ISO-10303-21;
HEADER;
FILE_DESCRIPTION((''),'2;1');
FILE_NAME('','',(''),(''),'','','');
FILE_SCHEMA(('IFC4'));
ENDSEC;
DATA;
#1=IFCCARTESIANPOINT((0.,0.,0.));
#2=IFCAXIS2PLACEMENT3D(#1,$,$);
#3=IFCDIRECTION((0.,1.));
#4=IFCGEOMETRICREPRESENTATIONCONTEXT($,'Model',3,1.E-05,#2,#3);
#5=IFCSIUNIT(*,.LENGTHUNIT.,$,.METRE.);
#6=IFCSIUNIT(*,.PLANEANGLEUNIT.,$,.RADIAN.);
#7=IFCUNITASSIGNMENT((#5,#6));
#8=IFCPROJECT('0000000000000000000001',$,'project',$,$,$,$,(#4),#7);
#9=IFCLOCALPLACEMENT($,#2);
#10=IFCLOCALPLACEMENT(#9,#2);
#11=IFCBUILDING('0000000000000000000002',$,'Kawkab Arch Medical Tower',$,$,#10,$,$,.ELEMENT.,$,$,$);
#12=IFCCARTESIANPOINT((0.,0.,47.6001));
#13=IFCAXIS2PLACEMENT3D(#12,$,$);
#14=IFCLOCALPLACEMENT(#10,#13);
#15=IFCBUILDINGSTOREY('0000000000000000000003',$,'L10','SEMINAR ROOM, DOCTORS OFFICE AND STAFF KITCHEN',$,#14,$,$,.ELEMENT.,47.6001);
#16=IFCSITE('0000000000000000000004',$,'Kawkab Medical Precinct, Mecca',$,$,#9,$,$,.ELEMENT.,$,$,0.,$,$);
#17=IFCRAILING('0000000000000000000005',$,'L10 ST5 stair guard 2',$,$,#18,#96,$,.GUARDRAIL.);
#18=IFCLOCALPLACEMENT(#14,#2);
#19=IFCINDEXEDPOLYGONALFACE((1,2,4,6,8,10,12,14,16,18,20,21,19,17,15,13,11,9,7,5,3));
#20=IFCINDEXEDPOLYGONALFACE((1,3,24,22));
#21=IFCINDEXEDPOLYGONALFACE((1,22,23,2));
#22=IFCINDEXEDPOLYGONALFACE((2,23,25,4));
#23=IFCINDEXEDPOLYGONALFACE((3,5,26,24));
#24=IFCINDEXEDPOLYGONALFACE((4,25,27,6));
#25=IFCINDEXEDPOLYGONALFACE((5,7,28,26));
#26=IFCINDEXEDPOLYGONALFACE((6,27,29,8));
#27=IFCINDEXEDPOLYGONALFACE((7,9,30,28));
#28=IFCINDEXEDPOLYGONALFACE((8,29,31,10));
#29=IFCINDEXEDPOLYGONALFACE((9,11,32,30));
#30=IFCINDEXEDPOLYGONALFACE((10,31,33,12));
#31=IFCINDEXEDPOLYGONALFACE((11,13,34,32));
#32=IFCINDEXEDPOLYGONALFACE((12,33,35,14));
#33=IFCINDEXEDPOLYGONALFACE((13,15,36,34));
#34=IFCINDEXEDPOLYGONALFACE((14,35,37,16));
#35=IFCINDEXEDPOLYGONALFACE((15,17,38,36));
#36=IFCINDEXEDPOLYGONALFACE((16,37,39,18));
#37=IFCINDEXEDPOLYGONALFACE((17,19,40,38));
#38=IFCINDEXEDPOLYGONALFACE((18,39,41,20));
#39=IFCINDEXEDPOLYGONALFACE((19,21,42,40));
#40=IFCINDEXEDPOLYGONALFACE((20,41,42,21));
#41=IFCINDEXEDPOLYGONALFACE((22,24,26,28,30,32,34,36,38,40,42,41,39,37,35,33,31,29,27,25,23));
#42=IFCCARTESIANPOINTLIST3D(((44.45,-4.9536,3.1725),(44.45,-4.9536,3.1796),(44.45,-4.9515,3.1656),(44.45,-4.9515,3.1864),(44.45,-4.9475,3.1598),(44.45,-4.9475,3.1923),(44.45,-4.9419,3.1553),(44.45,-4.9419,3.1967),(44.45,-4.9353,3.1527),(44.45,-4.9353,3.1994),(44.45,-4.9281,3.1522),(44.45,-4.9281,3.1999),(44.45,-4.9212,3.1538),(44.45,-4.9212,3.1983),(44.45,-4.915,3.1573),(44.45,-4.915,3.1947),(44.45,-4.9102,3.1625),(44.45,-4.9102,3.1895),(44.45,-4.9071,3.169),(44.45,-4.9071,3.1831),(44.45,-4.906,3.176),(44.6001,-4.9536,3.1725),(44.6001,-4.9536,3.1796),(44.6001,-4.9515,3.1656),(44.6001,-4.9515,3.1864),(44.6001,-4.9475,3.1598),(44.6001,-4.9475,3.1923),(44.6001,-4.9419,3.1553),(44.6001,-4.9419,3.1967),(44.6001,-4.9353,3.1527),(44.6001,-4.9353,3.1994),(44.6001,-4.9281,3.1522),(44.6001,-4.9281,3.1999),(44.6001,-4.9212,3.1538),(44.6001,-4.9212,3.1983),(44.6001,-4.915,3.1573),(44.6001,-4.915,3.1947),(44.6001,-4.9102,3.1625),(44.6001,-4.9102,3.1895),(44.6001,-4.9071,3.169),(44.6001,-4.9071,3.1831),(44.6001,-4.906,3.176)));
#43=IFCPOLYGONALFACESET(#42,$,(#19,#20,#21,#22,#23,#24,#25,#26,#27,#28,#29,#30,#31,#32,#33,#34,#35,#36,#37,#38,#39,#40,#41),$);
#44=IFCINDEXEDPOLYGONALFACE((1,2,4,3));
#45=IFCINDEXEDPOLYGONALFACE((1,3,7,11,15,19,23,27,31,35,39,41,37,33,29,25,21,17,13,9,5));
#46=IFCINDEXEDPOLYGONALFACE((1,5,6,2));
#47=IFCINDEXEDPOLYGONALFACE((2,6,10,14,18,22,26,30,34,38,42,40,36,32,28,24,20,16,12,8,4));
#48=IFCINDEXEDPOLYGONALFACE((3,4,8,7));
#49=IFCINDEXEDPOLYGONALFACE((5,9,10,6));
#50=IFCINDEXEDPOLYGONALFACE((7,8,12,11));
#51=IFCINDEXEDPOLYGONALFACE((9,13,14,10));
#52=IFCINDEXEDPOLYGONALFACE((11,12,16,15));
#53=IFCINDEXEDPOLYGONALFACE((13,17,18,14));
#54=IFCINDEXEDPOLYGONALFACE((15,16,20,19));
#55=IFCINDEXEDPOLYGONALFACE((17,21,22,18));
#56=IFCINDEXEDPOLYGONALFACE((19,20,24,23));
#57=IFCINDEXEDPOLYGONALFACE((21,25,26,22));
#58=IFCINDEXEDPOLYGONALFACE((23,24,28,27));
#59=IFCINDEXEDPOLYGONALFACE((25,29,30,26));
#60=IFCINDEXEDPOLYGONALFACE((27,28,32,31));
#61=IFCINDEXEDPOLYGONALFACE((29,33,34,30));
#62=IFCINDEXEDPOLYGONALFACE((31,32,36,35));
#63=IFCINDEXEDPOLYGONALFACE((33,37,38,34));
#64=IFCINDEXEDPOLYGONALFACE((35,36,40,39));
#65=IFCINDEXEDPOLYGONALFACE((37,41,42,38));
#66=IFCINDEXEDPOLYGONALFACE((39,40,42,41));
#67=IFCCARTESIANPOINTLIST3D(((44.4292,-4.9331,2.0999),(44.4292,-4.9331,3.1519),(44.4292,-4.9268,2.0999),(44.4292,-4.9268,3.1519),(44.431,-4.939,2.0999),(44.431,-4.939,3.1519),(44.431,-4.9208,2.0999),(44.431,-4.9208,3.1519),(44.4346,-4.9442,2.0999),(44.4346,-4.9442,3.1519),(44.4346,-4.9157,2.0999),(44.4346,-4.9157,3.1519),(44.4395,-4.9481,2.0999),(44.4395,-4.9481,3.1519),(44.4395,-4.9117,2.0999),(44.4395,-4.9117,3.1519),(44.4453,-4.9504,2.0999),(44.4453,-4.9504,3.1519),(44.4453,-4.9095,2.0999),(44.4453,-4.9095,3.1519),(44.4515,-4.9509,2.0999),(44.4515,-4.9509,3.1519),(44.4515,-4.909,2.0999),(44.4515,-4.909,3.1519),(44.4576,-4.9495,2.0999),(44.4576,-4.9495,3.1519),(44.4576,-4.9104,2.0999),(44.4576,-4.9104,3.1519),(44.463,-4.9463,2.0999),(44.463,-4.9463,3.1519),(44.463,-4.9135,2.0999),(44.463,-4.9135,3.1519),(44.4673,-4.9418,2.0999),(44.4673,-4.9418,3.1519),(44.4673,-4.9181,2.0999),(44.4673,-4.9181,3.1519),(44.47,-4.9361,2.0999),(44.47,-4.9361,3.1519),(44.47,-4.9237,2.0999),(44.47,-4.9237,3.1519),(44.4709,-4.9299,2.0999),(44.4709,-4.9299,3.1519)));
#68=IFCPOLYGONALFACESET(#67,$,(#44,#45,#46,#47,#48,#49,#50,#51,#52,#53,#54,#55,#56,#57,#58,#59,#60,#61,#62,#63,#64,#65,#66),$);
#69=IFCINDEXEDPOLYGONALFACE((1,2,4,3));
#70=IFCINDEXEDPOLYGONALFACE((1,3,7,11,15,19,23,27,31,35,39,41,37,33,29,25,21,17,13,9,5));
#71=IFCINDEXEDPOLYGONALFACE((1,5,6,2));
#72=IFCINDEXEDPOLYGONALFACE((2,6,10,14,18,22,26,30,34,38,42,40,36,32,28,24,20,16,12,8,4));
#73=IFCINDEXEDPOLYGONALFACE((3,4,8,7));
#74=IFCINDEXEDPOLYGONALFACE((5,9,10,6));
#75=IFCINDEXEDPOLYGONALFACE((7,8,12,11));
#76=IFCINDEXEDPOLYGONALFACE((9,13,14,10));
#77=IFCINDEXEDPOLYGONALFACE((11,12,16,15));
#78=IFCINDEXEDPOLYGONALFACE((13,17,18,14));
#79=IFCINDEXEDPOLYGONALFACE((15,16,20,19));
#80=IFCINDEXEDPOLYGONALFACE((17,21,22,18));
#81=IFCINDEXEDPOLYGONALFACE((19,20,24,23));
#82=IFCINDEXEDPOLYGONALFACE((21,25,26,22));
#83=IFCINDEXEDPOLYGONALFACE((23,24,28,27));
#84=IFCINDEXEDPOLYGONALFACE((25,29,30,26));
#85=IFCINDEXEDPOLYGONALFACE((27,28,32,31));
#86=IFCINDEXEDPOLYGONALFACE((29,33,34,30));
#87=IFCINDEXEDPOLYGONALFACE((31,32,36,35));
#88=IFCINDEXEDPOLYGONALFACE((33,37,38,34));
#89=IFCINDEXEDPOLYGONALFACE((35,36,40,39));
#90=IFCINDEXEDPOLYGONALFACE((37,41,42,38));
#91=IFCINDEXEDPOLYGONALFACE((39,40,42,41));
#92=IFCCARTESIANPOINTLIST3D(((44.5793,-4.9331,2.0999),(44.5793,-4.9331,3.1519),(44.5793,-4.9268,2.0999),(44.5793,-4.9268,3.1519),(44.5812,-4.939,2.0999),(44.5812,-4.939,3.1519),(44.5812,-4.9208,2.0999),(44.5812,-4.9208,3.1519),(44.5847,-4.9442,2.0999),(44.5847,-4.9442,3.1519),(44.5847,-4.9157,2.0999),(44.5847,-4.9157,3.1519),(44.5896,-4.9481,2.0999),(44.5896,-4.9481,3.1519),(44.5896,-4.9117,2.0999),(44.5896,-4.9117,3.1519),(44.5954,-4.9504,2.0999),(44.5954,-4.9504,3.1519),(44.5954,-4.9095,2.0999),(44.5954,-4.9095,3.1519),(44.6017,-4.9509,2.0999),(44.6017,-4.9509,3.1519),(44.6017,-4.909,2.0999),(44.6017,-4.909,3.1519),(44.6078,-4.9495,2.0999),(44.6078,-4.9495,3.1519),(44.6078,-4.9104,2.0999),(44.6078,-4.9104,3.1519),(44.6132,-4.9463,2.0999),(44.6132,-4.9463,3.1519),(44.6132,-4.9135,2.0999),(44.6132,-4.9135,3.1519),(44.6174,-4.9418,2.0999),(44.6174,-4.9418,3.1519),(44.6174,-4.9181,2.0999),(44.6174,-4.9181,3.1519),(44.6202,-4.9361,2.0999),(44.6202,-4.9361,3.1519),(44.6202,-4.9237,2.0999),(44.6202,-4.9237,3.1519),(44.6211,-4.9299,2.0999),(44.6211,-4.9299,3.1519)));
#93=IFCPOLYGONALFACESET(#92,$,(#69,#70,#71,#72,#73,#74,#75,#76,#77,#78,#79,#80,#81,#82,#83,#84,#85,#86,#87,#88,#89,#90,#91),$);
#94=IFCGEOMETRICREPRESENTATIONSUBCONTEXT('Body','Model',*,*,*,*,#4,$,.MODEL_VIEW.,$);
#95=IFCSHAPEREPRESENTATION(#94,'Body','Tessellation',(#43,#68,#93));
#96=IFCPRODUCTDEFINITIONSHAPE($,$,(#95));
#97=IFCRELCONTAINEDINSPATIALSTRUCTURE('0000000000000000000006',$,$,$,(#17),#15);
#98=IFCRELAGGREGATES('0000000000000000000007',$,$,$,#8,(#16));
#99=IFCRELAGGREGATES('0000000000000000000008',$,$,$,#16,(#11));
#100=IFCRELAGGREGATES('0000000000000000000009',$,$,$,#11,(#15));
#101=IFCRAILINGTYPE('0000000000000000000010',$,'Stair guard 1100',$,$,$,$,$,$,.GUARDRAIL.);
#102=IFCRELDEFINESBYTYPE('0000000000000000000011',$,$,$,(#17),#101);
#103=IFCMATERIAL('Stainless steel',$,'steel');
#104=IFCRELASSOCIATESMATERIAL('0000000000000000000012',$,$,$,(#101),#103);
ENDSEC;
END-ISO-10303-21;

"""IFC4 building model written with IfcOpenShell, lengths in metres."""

from ifc_helpers import new_model, si_unit, direction, frame, origin, origin_2d, place, context, subcontext, project, spatial, circle, extrude, material, type_object, element, save


model = new_model("IFC4")

# Units and contexts
model_context = context("Model", 3, precision=1e-05, world=origin(), true_north=direction((0.0, 1.0)))
body_context = subcontext(model_context, "Body", "Model", "MODEL_VIEW")
ifc_project = project(units=[si_unit("LENGTHUNIT", "METRE"), si_unit("PLANEANGLEUNIT", "RADIAN")], contexts=[model_context])

# Site, building, storey
site_placement = place(None, origin())
site = spatial("IfcSite", under=ifc_project, at=site_placement, Name="Kawkab Medical Precinct, Mecca", CompositionType="ELEMENT", RefElevation=0.0)
building_placement = place(site_placement, origin())
building = spatial("IfcBuilding", under=site, at=building_placement, Name="Kawkab Arch Medical Tower", CompositionType="ELEMENT")
storey_placement = place(building_placement, frame((0.0, 0.0, 47.6001)))
storey = spatial("IfcBuildingStorey", under=building, at=storey_placement, Name="L10", Description="SEMINAR ROOM, DOCTORS OFFICE AND STAFF KITCHEN", CompositionType="ELEMENT", Elevation=47.6001)

# Railing
ifc_material_1 = material(Name="Stainless steel", Category="steel")
railing_type = type_object("IfcRailingType", Name="Stair guard 1100", PredefinedType="GUARDRAIL", material=ifc_material_1)
railing_1_placement = place(storey_placement, frame((44.45, -4.9299, 2.0999)))
element("IfcRailing", 1, at=railing_1_placement, inside=storey, type_object=railing_type, Name="L10 ST5 stair guard 2", PredefinedType="GUARDRAIL", context=body_context, shape_type="SweptSolid", body=[
    extrude(circle(Radius=0.0239, at=origin_2d()), frame((0.0, 0.0, 1.0762), z_axis=(1.0, 0.0, 0.0), x_axis=(0.0, 1.0, 0.0)), (0.0, 0.0, 1.0), 0.1501),
    extrude(circle(Radius=0.021, at=origin_2d()), origin(), (0.0, 0.0, 1.0), 1.052),
    extrude(circle(Radius=0.021, at=origin_2d()), frame((0.1501, 0.0, 0.0)), (0.0, 0.0, 1.0), 1.052),
])

save(model, "model.ifc")
